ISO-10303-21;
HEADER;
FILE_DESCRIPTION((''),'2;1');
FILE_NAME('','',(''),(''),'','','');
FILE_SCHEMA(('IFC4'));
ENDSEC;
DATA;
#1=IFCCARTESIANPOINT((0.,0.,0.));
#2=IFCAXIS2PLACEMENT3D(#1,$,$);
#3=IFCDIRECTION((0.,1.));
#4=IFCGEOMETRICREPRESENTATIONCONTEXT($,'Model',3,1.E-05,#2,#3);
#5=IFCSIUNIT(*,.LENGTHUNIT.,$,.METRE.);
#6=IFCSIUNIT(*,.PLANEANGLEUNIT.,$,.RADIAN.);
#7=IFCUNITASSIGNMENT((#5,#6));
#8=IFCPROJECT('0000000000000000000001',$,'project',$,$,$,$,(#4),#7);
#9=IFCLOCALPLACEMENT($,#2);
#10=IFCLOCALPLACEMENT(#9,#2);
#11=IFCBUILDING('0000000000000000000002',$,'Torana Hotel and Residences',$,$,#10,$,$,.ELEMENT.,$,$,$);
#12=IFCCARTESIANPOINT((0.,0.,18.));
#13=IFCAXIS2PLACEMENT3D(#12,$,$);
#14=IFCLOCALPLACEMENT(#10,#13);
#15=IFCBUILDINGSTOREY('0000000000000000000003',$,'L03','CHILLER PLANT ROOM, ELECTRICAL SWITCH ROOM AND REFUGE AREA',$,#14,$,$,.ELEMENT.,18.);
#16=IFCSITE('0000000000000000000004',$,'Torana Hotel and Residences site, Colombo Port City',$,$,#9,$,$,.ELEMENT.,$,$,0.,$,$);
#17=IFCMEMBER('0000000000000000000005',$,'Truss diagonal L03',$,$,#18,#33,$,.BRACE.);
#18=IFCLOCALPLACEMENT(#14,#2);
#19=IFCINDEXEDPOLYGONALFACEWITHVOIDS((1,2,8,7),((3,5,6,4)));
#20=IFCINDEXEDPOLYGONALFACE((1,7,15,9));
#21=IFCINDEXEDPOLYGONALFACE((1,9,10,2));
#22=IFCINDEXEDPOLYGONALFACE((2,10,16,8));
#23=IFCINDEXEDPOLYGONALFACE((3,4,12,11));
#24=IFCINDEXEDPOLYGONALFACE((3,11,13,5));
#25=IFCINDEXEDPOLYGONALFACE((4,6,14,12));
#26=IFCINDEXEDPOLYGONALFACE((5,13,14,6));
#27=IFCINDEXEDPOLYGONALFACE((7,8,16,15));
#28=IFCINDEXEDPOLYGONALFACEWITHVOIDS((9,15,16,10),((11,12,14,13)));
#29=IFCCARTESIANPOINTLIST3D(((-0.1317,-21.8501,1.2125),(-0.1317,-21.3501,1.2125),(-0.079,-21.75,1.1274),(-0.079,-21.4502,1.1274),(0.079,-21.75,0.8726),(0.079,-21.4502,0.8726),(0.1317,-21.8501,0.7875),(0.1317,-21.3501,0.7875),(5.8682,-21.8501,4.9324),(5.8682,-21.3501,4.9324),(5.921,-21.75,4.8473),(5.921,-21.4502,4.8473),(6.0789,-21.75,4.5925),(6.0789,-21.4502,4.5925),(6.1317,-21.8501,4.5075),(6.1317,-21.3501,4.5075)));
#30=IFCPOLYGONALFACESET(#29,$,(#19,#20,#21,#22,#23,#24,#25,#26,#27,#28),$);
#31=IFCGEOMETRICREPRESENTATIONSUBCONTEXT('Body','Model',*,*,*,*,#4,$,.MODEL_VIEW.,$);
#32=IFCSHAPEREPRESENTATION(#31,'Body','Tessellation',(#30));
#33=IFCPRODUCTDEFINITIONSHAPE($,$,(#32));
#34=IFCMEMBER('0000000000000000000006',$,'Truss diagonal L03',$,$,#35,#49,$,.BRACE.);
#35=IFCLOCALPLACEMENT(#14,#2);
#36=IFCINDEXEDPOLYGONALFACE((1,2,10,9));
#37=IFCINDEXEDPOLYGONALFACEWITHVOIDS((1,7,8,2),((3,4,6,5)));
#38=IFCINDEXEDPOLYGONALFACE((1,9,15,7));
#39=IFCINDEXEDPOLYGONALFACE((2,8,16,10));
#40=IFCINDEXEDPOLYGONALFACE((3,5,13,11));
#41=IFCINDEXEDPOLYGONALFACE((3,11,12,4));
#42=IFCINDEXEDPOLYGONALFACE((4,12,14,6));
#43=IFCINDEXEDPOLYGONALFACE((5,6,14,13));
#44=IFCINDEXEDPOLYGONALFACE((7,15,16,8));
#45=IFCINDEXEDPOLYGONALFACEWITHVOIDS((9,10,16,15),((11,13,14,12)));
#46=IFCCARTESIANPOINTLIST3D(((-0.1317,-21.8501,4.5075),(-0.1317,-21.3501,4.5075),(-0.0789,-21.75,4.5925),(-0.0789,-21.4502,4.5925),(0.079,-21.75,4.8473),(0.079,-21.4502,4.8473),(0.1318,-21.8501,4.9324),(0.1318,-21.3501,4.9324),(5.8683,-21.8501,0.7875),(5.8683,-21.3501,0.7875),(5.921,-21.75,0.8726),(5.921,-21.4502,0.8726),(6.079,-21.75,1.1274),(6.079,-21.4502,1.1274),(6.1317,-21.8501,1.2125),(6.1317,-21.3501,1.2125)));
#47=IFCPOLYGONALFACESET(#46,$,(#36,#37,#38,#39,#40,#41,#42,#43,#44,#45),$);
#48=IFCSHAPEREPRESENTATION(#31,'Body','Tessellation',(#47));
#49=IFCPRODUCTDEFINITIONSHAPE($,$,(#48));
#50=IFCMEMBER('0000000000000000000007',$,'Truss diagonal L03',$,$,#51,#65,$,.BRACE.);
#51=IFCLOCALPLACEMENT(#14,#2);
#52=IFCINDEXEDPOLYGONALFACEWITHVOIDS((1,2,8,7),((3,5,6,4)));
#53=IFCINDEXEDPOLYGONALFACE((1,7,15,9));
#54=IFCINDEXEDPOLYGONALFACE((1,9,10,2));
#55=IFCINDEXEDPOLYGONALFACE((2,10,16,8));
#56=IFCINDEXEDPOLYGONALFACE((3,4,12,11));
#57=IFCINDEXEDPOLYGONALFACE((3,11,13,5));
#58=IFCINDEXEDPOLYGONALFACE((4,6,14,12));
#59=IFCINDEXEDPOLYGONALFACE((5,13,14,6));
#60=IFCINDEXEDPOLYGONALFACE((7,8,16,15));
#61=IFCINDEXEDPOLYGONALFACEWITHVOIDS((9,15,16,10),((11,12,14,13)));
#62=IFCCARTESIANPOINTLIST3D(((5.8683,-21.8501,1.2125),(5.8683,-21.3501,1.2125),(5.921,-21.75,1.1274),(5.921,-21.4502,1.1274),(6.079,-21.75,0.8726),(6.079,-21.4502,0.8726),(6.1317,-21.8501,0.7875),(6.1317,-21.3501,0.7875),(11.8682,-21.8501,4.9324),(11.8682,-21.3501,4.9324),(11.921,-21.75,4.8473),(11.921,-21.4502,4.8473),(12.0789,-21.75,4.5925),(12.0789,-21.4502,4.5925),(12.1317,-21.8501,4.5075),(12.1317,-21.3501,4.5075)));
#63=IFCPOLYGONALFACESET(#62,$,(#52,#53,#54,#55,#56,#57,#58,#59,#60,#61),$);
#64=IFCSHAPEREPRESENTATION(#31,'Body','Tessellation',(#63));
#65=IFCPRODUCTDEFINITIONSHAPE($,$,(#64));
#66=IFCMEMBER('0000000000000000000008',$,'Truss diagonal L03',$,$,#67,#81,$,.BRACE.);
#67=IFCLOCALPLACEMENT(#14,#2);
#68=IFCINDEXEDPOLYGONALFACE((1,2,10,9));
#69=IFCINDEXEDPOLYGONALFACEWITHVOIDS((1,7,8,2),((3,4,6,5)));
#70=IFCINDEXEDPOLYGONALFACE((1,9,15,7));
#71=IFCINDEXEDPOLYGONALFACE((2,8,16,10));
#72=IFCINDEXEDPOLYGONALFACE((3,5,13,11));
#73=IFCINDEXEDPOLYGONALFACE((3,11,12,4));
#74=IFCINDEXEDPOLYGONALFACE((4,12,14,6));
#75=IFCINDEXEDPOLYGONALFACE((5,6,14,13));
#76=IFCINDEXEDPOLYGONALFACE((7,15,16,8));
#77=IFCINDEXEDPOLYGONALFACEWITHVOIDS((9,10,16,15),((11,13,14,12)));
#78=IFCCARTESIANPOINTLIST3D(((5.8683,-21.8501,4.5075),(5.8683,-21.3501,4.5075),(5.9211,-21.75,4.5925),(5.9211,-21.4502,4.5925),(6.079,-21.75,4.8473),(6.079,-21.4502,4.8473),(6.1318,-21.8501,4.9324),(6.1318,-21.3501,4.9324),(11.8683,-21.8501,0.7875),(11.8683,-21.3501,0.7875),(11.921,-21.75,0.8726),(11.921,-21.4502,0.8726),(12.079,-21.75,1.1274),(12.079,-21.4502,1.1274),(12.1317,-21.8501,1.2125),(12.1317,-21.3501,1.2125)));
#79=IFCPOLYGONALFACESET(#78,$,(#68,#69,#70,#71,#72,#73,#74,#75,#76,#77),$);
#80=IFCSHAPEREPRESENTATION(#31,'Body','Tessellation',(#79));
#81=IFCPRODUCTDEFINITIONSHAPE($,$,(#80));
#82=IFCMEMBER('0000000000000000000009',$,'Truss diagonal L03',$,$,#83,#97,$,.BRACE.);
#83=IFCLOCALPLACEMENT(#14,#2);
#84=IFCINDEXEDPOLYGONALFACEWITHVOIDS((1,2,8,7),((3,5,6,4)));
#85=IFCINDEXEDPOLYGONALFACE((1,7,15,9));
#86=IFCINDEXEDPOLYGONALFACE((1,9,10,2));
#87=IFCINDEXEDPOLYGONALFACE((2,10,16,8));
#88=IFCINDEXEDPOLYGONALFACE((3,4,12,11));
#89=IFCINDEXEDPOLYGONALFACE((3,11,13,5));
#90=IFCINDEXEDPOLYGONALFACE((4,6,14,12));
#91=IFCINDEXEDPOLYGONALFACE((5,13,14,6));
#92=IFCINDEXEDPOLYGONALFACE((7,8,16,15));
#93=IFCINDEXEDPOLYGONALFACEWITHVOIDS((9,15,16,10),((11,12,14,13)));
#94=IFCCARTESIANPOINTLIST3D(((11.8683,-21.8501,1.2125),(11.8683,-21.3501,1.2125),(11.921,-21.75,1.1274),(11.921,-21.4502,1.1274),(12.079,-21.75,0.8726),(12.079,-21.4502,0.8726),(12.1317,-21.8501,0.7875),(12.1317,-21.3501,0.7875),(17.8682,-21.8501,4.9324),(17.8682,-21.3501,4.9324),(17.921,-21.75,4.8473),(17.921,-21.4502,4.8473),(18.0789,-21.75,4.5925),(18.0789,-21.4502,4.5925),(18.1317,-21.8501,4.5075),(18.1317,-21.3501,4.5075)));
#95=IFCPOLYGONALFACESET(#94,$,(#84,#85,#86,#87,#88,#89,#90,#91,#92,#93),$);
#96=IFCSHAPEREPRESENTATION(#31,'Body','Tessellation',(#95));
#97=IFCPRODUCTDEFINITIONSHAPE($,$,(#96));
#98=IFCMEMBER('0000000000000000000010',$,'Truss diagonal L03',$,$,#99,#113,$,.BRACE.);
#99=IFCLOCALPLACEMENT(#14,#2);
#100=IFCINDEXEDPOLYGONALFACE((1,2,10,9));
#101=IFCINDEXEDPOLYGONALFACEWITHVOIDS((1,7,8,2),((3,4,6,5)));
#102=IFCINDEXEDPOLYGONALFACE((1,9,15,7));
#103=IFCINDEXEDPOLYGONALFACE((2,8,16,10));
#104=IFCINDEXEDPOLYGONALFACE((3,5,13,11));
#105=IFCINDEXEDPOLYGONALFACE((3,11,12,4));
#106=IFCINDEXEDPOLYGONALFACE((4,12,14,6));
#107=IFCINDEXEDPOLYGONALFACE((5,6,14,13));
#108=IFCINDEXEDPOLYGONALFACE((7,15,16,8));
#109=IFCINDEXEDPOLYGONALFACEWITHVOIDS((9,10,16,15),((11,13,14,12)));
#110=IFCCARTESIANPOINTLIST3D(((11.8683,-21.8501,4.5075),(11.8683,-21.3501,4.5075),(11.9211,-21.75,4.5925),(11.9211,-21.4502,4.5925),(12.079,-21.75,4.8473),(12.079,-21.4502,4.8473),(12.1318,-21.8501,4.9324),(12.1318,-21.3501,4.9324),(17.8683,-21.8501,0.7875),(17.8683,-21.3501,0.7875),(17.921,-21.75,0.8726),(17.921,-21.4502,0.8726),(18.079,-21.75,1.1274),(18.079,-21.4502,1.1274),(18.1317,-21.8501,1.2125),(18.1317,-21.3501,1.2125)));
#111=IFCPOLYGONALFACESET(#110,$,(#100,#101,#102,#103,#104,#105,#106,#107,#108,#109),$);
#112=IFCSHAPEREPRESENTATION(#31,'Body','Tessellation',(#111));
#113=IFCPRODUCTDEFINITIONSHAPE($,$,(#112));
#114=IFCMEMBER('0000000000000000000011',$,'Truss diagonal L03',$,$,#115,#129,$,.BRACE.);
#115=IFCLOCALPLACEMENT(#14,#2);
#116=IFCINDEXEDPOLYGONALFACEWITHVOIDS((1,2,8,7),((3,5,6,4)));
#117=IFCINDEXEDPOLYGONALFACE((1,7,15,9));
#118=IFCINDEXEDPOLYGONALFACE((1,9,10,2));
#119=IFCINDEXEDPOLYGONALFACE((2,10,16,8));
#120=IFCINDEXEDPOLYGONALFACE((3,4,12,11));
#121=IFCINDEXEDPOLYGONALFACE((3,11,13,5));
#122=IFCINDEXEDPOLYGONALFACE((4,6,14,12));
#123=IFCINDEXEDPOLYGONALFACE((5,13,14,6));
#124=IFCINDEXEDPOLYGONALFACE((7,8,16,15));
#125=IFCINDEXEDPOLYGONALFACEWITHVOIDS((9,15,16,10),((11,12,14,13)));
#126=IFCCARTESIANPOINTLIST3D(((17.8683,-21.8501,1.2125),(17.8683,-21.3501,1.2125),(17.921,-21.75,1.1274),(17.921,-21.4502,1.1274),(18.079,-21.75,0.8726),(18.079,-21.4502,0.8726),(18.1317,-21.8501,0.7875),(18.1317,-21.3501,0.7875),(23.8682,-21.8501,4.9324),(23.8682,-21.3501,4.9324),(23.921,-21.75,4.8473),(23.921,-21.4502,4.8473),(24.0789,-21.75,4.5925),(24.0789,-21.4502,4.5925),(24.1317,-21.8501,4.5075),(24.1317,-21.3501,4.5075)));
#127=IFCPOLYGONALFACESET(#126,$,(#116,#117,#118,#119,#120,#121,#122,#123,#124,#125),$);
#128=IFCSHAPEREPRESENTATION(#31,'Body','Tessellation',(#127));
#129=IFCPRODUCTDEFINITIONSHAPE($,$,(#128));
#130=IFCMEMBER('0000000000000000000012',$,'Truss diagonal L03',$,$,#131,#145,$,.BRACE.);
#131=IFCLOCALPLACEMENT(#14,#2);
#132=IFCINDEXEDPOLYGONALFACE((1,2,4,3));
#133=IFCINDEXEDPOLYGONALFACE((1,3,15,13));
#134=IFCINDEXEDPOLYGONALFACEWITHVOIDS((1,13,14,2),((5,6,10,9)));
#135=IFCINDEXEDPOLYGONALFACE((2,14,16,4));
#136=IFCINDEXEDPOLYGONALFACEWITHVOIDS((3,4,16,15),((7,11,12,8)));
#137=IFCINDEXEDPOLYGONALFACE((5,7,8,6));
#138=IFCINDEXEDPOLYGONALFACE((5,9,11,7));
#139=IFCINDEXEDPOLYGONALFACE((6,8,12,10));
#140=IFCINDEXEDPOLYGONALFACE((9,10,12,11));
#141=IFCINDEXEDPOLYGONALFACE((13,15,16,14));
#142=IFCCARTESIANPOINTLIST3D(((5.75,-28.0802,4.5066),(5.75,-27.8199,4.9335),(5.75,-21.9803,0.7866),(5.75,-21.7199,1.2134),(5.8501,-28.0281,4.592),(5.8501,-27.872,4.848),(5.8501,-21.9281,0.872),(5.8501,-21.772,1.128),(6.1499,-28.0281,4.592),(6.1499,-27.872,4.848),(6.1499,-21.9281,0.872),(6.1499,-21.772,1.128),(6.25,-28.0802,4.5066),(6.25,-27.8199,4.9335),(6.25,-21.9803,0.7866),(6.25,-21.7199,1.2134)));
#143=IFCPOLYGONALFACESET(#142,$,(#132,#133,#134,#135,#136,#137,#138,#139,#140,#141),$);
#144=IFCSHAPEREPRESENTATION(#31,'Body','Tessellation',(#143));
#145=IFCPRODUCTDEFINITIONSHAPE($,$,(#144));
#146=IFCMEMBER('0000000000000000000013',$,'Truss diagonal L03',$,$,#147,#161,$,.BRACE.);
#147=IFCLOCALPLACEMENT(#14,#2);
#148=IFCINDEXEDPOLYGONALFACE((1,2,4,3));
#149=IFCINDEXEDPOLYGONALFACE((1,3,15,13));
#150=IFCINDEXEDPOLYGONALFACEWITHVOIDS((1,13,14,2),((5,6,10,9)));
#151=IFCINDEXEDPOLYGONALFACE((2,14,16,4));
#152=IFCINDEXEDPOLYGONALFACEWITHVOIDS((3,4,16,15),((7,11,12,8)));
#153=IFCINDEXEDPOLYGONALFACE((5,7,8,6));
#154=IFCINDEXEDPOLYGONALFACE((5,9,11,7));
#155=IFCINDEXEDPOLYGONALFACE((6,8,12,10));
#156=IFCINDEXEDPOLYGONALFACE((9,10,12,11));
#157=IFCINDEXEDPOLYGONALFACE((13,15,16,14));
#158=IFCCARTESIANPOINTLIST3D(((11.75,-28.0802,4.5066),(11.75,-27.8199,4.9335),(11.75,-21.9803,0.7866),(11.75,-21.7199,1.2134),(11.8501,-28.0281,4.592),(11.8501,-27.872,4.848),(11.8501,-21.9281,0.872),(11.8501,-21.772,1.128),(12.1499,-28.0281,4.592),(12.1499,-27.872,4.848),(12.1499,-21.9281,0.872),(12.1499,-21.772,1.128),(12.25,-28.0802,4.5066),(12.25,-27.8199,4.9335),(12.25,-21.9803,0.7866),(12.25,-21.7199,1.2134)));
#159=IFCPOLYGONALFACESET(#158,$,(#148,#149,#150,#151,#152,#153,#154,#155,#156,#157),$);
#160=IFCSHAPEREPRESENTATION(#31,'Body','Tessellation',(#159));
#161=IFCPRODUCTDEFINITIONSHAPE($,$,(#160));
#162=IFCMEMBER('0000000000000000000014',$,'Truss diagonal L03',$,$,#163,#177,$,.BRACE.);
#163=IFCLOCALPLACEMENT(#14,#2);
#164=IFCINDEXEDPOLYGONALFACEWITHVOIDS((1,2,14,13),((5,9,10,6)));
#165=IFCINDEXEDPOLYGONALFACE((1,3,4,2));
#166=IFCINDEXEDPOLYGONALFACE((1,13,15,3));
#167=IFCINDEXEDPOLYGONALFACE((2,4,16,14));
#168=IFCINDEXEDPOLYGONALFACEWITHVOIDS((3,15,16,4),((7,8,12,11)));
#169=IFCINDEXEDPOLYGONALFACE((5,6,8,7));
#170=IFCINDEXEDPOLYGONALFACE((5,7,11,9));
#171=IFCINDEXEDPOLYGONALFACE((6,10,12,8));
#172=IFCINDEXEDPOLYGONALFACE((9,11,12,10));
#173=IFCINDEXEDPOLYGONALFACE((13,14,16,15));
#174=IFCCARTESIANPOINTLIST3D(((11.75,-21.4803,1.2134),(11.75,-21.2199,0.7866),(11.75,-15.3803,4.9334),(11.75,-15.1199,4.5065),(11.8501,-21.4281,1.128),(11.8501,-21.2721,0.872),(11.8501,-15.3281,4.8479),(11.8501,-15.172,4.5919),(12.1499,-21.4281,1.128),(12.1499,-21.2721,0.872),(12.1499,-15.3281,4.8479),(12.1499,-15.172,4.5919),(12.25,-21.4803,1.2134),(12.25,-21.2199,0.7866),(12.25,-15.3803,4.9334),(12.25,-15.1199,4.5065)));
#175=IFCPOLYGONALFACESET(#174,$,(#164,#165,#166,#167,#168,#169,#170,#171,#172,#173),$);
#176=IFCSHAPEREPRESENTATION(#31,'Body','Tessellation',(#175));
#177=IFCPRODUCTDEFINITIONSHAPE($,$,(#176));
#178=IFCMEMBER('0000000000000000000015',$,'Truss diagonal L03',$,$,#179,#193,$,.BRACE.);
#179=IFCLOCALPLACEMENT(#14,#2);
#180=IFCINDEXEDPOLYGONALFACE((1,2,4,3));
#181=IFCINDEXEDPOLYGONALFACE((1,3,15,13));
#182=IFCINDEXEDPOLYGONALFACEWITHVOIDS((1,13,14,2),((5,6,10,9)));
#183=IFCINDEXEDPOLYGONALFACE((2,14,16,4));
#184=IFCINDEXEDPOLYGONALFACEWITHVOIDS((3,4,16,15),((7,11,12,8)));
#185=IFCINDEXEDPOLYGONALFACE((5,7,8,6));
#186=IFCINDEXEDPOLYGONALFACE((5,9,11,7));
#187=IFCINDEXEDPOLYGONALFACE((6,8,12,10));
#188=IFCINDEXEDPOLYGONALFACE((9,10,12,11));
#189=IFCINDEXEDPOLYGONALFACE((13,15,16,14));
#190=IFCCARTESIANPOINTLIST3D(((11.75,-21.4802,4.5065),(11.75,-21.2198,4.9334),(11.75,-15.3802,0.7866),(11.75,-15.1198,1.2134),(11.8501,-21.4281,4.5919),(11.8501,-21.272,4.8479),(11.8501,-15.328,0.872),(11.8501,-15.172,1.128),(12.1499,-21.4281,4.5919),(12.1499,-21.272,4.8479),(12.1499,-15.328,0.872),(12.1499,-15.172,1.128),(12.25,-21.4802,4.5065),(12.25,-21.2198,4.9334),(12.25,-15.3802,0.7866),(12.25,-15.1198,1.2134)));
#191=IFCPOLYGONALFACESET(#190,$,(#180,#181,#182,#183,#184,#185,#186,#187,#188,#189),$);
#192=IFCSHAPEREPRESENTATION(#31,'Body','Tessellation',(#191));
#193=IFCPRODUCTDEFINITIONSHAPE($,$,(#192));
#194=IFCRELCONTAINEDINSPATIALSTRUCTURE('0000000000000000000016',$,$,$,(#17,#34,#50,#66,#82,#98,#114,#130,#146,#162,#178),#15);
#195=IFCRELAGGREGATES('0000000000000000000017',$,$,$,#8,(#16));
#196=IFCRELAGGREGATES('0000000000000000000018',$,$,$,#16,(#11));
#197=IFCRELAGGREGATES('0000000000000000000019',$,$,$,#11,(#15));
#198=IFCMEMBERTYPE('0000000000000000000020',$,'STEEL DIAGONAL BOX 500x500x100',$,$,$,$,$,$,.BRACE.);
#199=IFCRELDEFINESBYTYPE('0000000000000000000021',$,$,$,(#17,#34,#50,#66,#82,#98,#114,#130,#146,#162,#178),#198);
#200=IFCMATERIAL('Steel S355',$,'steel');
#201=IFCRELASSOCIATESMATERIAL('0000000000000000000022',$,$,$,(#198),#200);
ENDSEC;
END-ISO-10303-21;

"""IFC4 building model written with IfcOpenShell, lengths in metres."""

from ifc_helpers import new_model, si_unit, direction, frame, origin, origin_2d, place, context, subcontext, project, spatial, hollow_rectangle, extrude, material, material_profile, profile_set, type_object, element, save


model = new_model("IFC4")

# Units and contexts
model_context = context("Model", 3, precision=1e-05, world=origin(), true_north=direction((0.0, 1.0)))
body_context = subcontext(model_context, "Body", "Model", "MODEL_VIEW")
ifc_project = project(units=[si_unit("LENGTHUNIT", "METRE"), si_unit("PLANEANGLEUNIT", "RADIAN")], contexts=[model_context])

# Site, building, storey
site_placement = place(None, origin())
site = spatial("IfcSite", under=ifc_project, at=site_placement, Name="Torana Hotel and Residences site, Colombo Port City", CompositionType="ELEMENT", RefElevation=0.0)
building_placement = place(site_placement, origin())
building = spatial("IfcBuilding", under=site, at=building_placement, Name="Torana Hotel and Residences", CompositionType="ELEMENT")
storey_placement = place(building_placement, frame((0.0, 0.0, 18.0)))
storey = spatial("IfcBuildingStorey", under=building, at=storey_placement, Name="L03", Description="CHILLER PLANT ROOM, ELECTRICAL SWITCH ROOM AND REFUGE AREA", CompositionType="ELEMENT", Elevation=18.0)

# Members
ifc_material_1 = material(Name="Steel S355", Category="steel")
ifc_material_profile_1 = material_profile(ifc_material_1, hollow_rectangle(XDim=0.5, YDim=0.5, WallThickness=0.1001, at=origin_2d()), Name="BOX 500x500x100")
ifc_profile_set_1 = profile_set([ifc_material_profile_1], Name="Steel S355")
member_type_1 = type_object("IfcMemberType", Name="STEEL DIAGONAL BOX 500x500x100", PredefinedType="BRACE", material=ifc_profile_set_1)
for number, where, z_axis, x_axis, name in (
    (1, (0.0, -21.6001, 1.0), (0.849905, 0.0, 0.526937), (0.0, 1.0, 0.0), "Truss diagonal L03"),
    (2, (6.0, -21.6001, 1.0), (-0.849905, 0.0, 0.526937), (0.0, -1.0, 0.0), "Truss diagonal L03"),
    (3, (6.0, -21.6001, 1.0), (0.849905, 0.0, 0.526937), (0.0, 1.0, 0.0), "Truss diagonal L03"),
    (4, (12.0, -21.6001, 1.0), (-0.849905, 0.0, 0.526937), (0.0, -1.0, 0.0), "Truss diagonal L03"),
    (5, (12.0, -21.6001, 1.0), (0.849905, 0.0, 0.526937), (0.0, 1.0, 0.0), "Truss diagonal L03"),
    (6, (18.0, -21.6001, 1.0), (-0.849905, 0.0, 0.526937), (0.0, -1.0, 0.0), "Truss diagonal L03"),
    (7, (18.0, -21.6001, 1.0), (0.849905, 0.0, 0.526937), (0.0, 1.0, 0.0), "Truss diagonal L03"),
):
    element("IfcMember", number, at=place(storey_placement, frame(where, z_axis=z_axis, x_axis=x_axis)), inside=storey, type_object=member_type_1, Name=name, PredefinedType="BRACE", context=body_context, shape_type="SweptSolid", body=[
        extrude(hollow_rectangle(XDim=0.5, YDim=0.5, WallThickness=0.1001, at=origin_2d()), origin(), (0.0, 0.0, 1.0), 7.0596),
    ])
for number, where, z_axis, x_axis, name in (
    (8, (6.0, -21.8501, 1.0), (0.0, -0.853762, 0.520663), (1.0, 0.0, 0.0), "Truss diagonal L03"),
    (9, (12.0, -21.8501, 1.0), (0.0, -0.853762, 0.520663), (1.0, 0.0, 0.0), "Truss diagonal L03"),
    (10, (12.0, -21.3501, 1.0), (0.0, 0.853771, 0.520648), (-1.0, 0.0, 0.0), "Truss diagonal L03"),
    (11, (12.0, -15.25, 1.0), (0.0, -0.853771, 0.520648), (1.0, 0.0, 0.0), "Truss diagonal L03"),
):
    element("IfcMember", number, at=place(storey_placement, frame(where, z_axis=z_axis, x_axis=x_axis)), inside=storey, type_object=member_type_1, Name=name, PredefinedType="BRACE", context=body_context, shape_type="SweptSolid", body=[
        extrude(hollow_rectangle(XDim=0.5, YDim=0.5, WallThickness=0.1001, at=origin_2d()), origin(), (0.0, 0.0, 1.0), 7.1448),
    ])

save(model, "model.ifc")
